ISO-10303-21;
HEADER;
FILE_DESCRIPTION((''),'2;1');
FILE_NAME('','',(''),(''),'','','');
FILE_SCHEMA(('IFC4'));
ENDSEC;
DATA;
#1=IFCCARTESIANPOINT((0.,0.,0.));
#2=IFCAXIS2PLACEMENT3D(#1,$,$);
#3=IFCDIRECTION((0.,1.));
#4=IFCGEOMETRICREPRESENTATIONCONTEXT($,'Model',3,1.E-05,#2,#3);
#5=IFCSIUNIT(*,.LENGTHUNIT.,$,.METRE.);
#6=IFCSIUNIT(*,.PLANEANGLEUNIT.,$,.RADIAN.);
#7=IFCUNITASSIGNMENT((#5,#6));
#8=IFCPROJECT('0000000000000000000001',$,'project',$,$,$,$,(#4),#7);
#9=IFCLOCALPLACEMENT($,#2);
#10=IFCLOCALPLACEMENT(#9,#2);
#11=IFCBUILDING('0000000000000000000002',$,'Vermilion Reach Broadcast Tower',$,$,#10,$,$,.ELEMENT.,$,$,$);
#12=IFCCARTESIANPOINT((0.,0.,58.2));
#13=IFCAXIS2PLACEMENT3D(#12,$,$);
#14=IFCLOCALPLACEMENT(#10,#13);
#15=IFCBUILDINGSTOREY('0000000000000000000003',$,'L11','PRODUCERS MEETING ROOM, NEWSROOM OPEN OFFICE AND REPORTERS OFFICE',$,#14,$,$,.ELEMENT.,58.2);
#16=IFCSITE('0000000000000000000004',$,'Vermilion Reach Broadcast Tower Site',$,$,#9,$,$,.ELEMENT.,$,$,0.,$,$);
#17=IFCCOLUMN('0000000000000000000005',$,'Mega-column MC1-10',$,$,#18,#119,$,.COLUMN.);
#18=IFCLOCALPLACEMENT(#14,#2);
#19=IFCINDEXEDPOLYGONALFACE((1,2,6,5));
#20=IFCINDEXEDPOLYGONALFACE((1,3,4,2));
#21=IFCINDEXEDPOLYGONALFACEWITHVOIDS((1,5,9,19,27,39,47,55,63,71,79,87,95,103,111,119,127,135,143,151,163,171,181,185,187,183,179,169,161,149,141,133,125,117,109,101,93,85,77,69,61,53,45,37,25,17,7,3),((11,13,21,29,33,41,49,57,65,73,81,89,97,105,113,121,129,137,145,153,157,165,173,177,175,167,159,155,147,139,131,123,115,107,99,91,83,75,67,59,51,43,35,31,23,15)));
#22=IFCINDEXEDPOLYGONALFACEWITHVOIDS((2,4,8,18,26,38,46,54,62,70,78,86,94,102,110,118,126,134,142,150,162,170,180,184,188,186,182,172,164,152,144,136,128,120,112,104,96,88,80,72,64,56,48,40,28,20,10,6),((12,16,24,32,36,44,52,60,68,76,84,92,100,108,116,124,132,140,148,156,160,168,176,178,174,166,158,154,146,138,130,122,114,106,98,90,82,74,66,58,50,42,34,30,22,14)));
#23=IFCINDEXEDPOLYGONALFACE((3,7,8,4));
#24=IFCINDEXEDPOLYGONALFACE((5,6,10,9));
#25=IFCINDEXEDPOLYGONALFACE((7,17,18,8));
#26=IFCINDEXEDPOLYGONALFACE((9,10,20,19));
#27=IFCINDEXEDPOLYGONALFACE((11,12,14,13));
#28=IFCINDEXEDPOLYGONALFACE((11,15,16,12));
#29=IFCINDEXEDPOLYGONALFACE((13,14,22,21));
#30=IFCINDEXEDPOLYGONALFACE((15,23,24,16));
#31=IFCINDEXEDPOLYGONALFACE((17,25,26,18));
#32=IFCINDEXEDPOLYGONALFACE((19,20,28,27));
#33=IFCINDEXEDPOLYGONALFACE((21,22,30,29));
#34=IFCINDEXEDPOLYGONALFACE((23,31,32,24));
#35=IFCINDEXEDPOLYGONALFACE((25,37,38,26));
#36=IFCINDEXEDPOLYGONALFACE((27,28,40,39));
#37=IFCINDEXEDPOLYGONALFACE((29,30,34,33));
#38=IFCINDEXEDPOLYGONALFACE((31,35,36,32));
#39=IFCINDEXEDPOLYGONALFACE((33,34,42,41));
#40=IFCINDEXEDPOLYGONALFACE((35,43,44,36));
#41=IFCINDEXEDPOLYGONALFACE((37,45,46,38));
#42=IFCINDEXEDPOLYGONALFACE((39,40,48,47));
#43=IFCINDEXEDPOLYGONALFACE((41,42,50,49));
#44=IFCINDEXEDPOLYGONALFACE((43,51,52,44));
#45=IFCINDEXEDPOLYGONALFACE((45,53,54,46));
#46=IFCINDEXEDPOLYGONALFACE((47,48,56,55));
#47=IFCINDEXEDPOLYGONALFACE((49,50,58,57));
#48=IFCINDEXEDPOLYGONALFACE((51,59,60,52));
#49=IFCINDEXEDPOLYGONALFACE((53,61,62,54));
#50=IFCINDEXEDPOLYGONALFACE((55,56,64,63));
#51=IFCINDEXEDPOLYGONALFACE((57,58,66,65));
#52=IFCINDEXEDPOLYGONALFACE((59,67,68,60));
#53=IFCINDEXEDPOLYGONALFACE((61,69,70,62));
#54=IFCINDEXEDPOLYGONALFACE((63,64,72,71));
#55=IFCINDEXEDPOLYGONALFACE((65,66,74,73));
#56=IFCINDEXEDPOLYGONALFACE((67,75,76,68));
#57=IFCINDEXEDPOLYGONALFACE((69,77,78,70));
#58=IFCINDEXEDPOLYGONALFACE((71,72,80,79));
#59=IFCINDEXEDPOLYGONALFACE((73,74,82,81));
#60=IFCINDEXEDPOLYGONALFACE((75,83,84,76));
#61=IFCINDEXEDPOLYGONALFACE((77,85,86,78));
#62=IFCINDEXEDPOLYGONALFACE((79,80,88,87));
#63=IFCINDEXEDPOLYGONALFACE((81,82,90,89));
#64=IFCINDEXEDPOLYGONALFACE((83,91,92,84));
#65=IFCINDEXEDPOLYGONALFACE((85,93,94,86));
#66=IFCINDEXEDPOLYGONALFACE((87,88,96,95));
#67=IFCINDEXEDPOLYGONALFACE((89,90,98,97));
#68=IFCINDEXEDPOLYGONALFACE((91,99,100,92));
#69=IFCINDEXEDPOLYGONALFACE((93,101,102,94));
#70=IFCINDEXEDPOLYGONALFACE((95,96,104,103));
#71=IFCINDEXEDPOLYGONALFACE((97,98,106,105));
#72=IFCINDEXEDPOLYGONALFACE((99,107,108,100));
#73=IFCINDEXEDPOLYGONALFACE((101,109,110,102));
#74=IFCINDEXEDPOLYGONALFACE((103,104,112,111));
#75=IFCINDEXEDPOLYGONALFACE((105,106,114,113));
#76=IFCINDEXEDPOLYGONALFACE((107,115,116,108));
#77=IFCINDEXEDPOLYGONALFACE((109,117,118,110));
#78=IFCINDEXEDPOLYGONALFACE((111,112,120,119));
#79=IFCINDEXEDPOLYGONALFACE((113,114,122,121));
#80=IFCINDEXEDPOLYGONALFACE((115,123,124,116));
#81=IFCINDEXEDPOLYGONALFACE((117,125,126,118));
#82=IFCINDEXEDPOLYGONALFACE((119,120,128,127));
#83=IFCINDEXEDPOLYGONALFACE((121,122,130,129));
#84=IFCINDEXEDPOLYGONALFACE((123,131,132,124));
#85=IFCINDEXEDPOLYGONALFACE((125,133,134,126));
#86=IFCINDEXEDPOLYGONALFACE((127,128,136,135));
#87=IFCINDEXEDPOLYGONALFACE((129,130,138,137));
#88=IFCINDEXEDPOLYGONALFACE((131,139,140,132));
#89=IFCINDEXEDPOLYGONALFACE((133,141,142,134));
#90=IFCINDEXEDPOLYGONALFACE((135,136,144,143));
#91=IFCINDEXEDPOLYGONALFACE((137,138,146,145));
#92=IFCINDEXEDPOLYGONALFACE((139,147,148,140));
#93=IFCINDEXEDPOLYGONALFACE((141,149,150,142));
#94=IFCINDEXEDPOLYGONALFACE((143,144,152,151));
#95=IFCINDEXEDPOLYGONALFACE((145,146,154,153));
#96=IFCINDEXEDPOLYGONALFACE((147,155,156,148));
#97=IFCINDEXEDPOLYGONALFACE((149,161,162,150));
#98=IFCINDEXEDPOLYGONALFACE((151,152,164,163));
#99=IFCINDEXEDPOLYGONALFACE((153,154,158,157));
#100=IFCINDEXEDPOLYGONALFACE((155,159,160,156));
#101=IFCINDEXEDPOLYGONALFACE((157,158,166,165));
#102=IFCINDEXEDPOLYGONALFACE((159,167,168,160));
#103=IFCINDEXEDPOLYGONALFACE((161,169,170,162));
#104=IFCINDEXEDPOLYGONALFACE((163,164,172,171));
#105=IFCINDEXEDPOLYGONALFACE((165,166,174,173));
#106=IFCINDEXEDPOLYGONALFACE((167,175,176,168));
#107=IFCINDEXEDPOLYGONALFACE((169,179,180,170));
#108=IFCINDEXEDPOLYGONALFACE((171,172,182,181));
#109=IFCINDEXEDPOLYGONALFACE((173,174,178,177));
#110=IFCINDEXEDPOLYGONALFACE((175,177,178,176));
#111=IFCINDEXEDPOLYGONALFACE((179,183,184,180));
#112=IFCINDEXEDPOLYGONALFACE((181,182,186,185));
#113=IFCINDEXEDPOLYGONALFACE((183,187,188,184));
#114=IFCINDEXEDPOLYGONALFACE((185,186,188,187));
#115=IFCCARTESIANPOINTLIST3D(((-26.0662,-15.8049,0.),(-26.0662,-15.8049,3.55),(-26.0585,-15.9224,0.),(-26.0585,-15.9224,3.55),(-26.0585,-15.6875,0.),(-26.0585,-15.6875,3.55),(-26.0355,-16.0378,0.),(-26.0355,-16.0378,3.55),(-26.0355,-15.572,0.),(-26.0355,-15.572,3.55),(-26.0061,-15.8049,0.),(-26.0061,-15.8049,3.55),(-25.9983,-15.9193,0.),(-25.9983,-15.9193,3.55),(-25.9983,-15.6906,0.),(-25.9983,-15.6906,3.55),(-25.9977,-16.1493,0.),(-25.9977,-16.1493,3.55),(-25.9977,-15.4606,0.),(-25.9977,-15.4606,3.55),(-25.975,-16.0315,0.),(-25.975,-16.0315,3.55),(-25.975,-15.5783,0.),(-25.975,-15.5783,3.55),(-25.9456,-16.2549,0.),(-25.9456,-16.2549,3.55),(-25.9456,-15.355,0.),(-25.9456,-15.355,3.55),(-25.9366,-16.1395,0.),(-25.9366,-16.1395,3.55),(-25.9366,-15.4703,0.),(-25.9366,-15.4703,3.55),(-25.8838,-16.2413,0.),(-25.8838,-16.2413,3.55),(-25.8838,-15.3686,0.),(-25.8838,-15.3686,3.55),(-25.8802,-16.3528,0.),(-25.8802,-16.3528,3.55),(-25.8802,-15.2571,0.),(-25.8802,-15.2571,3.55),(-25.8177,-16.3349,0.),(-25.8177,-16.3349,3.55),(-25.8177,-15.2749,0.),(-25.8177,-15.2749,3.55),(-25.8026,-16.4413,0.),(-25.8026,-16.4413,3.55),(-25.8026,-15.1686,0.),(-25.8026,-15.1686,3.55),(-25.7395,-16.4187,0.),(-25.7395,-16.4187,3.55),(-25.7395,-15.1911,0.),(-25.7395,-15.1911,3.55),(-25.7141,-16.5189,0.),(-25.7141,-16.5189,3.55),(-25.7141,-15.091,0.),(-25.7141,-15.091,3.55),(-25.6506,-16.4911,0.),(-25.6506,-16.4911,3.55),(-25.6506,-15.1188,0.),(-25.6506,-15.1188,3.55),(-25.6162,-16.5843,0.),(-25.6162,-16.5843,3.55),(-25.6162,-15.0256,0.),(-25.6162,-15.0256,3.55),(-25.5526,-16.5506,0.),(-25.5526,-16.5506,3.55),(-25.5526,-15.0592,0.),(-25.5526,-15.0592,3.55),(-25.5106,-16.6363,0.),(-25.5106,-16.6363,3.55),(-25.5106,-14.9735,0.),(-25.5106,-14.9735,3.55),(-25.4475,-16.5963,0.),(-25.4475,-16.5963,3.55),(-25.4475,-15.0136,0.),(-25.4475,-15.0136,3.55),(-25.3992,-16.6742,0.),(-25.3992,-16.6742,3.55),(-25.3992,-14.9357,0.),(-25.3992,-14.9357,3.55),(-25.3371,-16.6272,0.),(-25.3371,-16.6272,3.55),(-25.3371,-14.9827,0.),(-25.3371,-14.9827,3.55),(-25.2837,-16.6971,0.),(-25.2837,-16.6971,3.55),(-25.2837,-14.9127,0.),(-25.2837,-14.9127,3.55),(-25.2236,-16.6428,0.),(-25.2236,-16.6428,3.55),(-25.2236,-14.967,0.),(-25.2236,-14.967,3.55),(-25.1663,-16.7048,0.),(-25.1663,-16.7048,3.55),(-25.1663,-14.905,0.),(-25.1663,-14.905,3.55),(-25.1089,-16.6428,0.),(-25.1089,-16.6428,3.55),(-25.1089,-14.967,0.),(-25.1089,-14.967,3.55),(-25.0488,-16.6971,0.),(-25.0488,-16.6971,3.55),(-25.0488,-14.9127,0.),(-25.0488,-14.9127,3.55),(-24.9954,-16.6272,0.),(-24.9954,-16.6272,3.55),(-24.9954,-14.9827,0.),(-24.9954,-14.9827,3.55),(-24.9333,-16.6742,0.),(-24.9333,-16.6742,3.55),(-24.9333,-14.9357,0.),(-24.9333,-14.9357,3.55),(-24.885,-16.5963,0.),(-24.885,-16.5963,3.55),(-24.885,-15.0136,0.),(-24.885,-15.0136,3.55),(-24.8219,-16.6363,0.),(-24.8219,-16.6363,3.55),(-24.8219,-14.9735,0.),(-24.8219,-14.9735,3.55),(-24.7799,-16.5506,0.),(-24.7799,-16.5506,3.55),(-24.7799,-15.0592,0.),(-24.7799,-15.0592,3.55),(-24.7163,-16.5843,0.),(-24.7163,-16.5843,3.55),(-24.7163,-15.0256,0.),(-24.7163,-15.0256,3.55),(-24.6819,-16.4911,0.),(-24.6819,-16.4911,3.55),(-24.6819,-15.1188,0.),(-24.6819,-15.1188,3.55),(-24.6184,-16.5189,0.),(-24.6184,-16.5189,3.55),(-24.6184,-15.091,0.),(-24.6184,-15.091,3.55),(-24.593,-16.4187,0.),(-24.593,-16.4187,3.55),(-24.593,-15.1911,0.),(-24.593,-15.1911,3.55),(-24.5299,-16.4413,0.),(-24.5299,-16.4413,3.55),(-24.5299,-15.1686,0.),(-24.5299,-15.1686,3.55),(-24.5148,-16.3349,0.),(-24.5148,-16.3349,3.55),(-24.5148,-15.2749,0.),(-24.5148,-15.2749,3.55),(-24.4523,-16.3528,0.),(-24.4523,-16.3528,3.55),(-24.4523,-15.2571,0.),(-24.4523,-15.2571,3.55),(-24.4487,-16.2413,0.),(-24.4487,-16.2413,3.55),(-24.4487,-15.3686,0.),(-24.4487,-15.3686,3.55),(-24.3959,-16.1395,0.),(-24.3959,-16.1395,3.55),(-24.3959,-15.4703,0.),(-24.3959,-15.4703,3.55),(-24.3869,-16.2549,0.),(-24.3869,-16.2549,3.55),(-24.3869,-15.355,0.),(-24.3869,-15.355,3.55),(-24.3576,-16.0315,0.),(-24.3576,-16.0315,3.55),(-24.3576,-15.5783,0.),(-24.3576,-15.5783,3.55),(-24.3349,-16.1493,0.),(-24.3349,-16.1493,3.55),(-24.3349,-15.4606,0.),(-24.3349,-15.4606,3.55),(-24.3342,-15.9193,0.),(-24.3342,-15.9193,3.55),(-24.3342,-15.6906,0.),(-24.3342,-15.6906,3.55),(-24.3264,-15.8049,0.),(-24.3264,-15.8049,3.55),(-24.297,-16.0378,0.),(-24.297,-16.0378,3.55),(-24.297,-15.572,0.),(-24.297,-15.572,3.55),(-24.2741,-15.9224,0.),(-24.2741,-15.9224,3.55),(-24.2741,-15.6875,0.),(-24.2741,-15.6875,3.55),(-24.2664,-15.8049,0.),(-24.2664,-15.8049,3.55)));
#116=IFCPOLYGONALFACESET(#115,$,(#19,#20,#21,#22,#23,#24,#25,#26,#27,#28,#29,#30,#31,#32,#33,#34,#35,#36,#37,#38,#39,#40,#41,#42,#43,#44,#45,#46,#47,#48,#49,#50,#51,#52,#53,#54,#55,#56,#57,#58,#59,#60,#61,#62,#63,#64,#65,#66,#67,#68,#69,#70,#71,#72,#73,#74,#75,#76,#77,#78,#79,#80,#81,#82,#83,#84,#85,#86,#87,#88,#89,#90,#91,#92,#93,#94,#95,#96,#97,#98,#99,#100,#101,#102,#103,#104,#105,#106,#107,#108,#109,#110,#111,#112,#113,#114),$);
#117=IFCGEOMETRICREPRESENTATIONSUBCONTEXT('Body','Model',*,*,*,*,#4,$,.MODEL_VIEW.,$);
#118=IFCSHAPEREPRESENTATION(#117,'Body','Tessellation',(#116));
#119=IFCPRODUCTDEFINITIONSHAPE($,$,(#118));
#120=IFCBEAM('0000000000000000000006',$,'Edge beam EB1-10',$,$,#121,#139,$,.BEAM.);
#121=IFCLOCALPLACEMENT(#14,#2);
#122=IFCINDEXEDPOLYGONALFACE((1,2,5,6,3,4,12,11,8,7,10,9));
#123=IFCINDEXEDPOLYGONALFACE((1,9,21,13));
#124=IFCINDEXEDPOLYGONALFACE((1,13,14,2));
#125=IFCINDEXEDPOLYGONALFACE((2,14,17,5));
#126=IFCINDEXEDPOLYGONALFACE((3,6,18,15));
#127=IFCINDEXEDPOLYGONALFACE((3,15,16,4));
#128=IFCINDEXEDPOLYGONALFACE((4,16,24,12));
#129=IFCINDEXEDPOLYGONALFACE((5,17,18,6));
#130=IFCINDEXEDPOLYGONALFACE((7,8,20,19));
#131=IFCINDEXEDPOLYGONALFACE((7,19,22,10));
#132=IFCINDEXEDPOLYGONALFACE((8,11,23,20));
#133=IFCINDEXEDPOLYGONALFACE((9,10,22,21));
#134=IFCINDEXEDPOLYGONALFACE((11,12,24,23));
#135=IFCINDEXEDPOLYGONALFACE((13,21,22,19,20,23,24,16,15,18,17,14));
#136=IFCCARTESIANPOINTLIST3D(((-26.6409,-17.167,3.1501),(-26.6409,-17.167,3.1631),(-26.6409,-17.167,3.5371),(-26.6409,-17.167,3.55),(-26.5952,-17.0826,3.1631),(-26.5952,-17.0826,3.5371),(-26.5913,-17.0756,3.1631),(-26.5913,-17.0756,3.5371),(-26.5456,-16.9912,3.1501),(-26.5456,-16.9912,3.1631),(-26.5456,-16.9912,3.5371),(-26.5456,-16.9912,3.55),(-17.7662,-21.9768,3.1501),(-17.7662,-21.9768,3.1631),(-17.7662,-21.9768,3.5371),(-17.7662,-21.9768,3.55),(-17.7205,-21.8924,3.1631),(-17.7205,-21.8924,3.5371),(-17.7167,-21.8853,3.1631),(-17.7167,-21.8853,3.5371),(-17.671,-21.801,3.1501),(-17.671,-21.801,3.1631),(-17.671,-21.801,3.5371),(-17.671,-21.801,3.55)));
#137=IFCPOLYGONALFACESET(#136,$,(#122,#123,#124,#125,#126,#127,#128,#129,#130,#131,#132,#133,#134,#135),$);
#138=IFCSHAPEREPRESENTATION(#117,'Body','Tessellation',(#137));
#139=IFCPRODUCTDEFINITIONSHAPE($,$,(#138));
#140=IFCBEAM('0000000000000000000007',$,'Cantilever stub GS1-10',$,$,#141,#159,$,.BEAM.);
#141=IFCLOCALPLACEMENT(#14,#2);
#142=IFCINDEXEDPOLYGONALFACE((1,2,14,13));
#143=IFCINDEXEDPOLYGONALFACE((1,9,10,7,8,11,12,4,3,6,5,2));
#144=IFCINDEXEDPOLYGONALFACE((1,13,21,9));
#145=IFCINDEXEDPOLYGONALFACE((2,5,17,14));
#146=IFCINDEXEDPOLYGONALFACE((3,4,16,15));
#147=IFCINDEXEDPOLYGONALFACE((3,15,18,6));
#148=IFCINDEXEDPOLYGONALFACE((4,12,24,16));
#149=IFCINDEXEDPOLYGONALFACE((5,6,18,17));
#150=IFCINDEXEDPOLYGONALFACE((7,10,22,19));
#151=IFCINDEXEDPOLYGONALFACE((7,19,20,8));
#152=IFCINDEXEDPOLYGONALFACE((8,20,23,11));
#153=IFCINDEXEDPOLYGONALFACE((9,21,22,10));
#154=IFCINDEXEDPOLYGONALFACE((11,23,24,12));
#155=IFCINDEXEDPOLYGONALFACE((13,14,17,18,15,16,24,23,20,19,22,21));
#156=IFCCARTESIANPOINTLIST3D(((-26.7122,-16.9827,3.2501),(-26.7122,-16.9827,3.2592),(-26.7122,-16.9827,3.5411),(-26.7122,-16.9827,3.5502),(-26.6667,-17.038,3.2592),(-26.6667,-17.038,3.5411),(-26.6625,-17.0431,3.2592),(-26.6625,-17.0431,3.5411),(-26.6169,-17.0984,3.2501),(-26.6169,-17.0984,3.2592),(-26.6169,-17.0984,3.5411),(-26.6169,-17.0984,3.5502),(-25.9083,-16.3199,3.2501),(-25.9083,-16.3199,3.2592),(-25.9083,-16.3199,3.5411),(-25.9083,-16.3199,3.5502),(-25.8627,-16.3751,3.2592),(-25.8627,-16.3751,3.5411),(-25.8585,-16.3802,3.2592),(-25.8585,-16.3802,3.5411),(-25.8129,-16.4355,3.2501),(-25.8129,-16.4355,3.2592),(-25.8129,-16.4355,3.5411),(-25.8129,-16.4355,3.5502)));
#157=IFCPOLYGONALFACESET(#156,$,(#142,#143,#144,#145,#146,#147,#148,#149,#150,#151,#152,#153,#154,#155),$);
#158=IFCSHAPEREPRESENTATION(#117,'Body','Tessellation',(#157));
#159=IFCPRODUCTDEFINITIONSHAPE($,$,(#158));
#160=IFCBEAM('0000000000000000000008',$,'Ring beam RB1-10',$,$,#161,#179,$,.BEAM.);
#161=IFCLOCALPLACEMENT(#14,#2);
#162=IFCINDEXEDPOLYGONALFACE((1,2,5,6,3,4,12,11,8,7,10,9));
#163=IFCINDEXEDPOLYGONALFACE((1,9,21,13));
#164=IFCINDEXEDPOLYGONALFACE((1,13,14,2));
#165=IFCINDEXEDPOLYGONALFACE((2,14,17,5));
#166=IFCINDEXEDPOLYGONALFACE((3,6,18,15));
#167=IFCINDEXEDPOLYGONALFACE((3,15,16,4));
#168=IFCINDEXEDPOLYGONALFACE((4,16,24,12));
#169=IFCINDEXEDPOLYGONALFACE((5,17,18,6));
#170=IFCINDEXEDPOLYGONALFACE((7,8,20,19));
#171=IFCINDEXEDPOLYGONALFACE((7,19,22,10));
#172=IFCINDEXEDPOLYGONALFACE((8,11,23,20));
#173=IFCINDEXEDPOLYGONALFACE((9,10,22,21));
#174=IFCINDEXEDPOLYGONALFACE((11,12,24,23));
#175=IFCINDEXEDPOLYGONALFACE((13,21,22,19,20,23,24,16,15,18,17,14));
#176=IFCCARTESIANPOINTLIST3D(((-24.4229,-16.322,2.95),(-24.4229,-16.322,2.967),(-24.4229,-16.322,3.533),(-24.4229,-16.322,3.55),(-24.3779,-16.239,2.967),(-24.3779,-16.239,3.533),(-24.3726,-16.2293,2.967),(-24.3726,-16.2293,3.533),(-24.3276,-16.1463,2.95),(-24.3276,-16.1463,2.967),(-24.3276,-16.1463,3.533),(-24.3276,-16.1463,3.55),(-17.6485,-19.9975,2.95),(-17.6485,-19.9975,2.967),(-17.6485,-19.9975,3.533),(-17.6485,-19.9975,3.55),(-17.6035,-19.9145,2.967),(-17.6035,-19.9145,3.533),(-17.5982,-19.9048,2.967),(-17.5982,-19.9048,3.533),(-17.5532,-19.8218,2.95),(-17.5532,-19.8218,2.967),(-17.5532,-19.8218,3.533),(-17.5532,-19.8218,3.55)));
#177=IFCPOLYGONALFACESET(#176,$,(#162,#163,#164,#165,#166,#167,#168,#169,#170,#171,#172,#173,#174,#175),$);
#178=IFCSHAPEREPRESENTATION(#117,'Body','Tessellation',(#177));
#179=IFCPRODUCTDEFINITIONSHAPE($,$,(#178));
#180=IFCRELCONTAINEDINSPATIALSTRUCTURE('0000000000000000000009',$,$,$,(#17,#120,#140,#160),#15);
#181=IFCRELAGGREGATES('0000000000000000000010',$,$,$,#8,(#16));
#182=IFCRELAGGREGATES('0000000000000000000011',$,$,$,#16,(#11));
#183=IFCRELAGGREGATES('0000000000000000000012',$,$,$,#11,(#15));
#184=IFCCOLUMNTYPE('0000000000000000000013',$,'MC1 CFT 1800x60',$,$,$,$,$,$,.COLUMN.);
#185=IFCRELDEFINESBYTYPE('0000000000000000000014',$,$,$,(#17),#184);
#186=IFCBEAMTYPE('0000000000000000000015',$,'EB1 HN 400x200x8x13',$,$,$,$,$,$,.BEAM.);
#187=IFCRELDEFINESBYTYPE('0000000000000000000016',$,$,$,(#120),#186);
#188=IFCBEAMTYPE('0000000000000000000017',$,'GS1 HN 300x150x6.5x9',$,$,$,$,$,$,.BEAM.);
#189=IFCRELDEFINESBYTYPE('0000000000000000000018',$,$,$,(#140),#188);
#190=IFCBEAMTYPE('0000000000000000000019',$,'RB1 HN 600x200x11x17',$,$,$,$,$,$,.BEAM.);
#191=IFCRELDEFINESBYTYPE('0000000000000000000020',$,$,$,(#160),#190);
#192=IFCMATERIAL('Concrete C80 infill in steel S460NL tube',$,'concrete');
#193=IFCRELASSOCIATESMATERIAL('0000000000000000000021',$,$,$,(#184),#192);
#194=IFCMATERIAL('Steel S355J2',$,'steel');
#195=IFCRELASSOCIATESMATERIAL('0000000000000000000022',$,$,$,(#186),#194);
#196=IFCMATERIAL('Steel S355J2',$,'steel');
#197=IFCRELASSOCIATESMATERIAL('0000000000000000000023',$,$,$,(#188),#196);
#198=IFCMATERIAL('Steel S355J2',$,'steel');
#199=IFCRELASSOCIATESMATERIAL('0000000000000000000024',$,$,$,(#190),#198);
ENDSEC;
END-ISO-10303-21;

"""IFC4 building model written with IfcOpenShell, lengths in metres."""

from ifc_helpers import new_model, si_unit, direction, frame, origin, origin_2d, place, context, subcontext, project, spatial, hollow_circle, i_section, extrude, material, material_profile, profile_set, type_object, element, save


model = new_model("IFC4")

# Units and contexts
model_context = context("Model", 3, precision=1e-05, world=origin(), true_north=direction((0.0, 1.0)))
body_context = subcontext(model_context, "Body", "Model", "MODEL_VIEW")
ifc_project = project(units=[si_unit("LENGTHUNIT", "METRE"), si_unit("PLANEANGLEUNIT", "RADIAN")], contexts=[model_context])

# Site, building, storey
site_placement = place(None, origin())
site = spatial("IfcSite", under=ifc_project, at=site_placement, Name="Vermilion Reach Broadcast Tower Site", CompositionType="ELEMENT", RefElevation=0.0)
building_placement = place(site_placement, origin())
building = spatial("IfcBuilding", under=site, at=building_placement, Name="Vermilion Reach Broadcast Tower", CompositionType="ELEMENT")
storey_placement = place(building_placement, frame((0.0, 0.0, 58.2)))
storey = spatial("IfcBuildingStorey", under=building, at=storey_placement, Name="L11", Description="PRODUCERS MEETING ROOM, NEWSROOM OPEN OFFICE AND REPORTERS OFFICE", CompositionType="ELEMENT", Elevation=58.2)

# Column
ifc_material_1 = material(Name="Concrete C80 infill in steel S460NL tube", Category="concrete")
ifc_material_profile_1 = material_profile(ifc_material_1, hollow_circle(Radius=0.8999, WallThickness=0.0601, at=origin_2d()), Name="Concrete C80 infill in steel S460NL tube CFT 1800x60")
ifc_profile_set_1 = profile_set([ifc_material_profile_1], Name="Concrete C80 infill in steel S460NL tube")
column_type = type_object("IfcColumnType", Name="MC1 CFT 1800x60", PredefinedType="COLUMN", material=ifc_profile_set_1)
column_placement = place(storey_placement, frame((-25.1663, -15.8049, 0.0), z_axis=(0.0, 0.0, 1.0), x_axis=(1.0, 0.0, 0.0)))
element("IfcColumn", 1, at=column_placement, inside=storey, type_object=column_type, Name="Mega-column MC1-10", PredefinedType="COLUMN", context=body_context, shape_type="SweptSolid", body=[
    extrude(hollow_circle(Radius=0.8999, WallThickness=0.0601, at=origin_2d()), origin(), (0.0, 0.0, 1.0), 3.55),
])

# Beams
ifc_material_2 = material(Name="Steel S355J2", Category="steel")
ifc_material_profile_2 = material_profile(ifc_material_2, i_section(OverallWidth=0.2, OverallDepth=0.3999, WebThickness=0.0081, FlangeThickness=0.0129, at=origin_2d()), Name="S355J2 HN 400x200x8x13")
ifc_profile_set_2 = profile_set([ifc_material_profile_2], Name="Steel S355J2")
beam_type_1 = type_object("IfcBeamType", Name="EB1 HN 400x200x8x13", PredefinedType="BEAM", material=ifc_profile_set_2)
beam_1_placement = place(storey_placement, frame((-26.5933, -17.0791, 3.3501), z_axis=(0.879182, -0.476486, 0.0), x_axis=(0.476486, 0.879182, 0.0)))
element("IfcBeam", 2, at=beam_1_placement, inside=storey, type_object=beam_type_1, Name="Edge beam EB1-10", PredefinedType="BEAM", context=body_context, shape_type="SweptSolid", body=[
    extrude(i_section(OverallWidth=0.2, OverallDepth=0.3999, WebThickness=0.0081, FlangeThickness=0.0129, at=origin_2d()), origin(), (0.0, 0.0, 1.0), 10.0942),
])
ifc_material_3 = material(Name="Steel S355J2", Category="steel")
ifc_material_profile_3 = material_profile(ifc_material_3, i_section(OverallWidth=0.1499, OverallDepth=0.3, WebThickness=0.0066, FlangeThickness=0.009, at=origin_2d()), Name="S355J2 HN 300x150x6.5x9")
ifc_profile_set_3 = profile_set([ifc_material_profile_3], Name="Steel S355J2")
beam_type_2 = type_object("IfcBeamType", Name="GS1 HN 300x150x6.5x9", PredefinedType="BEAM", material=ifc_profile_set_3)
beam_2_placement = place(storey_placement, frame((-25.8606, -16.3777, 3.4001), z_axis=(-0.771572, -0.636142, 0.0), x_axis=(0.636142, -0.771572, 0.0)))
element("IfcBeam", 3, at=beam_2_placement, inside=storey, type_object=beam_type_2, Name="Cantilever stub GS1-10", PredefinedType="BEAM", context=body_context, shape_type="SweptSolid", body=[
    extrude(i_section(OverallWidth=0.1499, OverallDepth=0.3, WebThickness=0.0066, FlangeThickness=0.009, at=origin_2d()), origin(), (0.0, 0.0, 1.0), 1.042),
])
ifc_material_4 = material(Name="Steel S355J2", Category="steel")
ifc_material_profile_4 = material_profile(ifc_material_4, i_section(OverallWidth=0.2, OverallDepth=0.6001, WebThickness=0.011, FlangeThickness=0.0171, at=origin_2d()), Name="S355J2 HN 600x200x11x17")
ifc_profile_set_4 = profile_set([ifc_material_profile_4], Name="Steel S355J2")
beam_type_3 = type_object("IfcBeamType", Name="RB1 HN 600x200x11x17", PredefinedType="BEAM", material=ifc_profile_set_4)
beam_3_placement = place(storey_placement, frame((-24.3752, -16.2341, 3.25), z_axis=(0.878962, -0.476891, 0.0), x_axis=(0.476891, 0.878962, 0.0)))
element("IfcBeam", 4, at=beam_3_placement, inside=storey, type_object=beam_type_3, Name="Ring beam RB1-10", PredefinedType="BEAM", context=body_context, shape_type="SweptSolid", body=[
    extrude(i_section(OverallWidth=0.2, OverallDepth=0.6001, WebThickness=0.011, FlangeThickness=0.0171, at=origin_2d()), origin(), (0.0, 0.0, 1.0), 7.7073),
])

save(model, "model.ifc")
